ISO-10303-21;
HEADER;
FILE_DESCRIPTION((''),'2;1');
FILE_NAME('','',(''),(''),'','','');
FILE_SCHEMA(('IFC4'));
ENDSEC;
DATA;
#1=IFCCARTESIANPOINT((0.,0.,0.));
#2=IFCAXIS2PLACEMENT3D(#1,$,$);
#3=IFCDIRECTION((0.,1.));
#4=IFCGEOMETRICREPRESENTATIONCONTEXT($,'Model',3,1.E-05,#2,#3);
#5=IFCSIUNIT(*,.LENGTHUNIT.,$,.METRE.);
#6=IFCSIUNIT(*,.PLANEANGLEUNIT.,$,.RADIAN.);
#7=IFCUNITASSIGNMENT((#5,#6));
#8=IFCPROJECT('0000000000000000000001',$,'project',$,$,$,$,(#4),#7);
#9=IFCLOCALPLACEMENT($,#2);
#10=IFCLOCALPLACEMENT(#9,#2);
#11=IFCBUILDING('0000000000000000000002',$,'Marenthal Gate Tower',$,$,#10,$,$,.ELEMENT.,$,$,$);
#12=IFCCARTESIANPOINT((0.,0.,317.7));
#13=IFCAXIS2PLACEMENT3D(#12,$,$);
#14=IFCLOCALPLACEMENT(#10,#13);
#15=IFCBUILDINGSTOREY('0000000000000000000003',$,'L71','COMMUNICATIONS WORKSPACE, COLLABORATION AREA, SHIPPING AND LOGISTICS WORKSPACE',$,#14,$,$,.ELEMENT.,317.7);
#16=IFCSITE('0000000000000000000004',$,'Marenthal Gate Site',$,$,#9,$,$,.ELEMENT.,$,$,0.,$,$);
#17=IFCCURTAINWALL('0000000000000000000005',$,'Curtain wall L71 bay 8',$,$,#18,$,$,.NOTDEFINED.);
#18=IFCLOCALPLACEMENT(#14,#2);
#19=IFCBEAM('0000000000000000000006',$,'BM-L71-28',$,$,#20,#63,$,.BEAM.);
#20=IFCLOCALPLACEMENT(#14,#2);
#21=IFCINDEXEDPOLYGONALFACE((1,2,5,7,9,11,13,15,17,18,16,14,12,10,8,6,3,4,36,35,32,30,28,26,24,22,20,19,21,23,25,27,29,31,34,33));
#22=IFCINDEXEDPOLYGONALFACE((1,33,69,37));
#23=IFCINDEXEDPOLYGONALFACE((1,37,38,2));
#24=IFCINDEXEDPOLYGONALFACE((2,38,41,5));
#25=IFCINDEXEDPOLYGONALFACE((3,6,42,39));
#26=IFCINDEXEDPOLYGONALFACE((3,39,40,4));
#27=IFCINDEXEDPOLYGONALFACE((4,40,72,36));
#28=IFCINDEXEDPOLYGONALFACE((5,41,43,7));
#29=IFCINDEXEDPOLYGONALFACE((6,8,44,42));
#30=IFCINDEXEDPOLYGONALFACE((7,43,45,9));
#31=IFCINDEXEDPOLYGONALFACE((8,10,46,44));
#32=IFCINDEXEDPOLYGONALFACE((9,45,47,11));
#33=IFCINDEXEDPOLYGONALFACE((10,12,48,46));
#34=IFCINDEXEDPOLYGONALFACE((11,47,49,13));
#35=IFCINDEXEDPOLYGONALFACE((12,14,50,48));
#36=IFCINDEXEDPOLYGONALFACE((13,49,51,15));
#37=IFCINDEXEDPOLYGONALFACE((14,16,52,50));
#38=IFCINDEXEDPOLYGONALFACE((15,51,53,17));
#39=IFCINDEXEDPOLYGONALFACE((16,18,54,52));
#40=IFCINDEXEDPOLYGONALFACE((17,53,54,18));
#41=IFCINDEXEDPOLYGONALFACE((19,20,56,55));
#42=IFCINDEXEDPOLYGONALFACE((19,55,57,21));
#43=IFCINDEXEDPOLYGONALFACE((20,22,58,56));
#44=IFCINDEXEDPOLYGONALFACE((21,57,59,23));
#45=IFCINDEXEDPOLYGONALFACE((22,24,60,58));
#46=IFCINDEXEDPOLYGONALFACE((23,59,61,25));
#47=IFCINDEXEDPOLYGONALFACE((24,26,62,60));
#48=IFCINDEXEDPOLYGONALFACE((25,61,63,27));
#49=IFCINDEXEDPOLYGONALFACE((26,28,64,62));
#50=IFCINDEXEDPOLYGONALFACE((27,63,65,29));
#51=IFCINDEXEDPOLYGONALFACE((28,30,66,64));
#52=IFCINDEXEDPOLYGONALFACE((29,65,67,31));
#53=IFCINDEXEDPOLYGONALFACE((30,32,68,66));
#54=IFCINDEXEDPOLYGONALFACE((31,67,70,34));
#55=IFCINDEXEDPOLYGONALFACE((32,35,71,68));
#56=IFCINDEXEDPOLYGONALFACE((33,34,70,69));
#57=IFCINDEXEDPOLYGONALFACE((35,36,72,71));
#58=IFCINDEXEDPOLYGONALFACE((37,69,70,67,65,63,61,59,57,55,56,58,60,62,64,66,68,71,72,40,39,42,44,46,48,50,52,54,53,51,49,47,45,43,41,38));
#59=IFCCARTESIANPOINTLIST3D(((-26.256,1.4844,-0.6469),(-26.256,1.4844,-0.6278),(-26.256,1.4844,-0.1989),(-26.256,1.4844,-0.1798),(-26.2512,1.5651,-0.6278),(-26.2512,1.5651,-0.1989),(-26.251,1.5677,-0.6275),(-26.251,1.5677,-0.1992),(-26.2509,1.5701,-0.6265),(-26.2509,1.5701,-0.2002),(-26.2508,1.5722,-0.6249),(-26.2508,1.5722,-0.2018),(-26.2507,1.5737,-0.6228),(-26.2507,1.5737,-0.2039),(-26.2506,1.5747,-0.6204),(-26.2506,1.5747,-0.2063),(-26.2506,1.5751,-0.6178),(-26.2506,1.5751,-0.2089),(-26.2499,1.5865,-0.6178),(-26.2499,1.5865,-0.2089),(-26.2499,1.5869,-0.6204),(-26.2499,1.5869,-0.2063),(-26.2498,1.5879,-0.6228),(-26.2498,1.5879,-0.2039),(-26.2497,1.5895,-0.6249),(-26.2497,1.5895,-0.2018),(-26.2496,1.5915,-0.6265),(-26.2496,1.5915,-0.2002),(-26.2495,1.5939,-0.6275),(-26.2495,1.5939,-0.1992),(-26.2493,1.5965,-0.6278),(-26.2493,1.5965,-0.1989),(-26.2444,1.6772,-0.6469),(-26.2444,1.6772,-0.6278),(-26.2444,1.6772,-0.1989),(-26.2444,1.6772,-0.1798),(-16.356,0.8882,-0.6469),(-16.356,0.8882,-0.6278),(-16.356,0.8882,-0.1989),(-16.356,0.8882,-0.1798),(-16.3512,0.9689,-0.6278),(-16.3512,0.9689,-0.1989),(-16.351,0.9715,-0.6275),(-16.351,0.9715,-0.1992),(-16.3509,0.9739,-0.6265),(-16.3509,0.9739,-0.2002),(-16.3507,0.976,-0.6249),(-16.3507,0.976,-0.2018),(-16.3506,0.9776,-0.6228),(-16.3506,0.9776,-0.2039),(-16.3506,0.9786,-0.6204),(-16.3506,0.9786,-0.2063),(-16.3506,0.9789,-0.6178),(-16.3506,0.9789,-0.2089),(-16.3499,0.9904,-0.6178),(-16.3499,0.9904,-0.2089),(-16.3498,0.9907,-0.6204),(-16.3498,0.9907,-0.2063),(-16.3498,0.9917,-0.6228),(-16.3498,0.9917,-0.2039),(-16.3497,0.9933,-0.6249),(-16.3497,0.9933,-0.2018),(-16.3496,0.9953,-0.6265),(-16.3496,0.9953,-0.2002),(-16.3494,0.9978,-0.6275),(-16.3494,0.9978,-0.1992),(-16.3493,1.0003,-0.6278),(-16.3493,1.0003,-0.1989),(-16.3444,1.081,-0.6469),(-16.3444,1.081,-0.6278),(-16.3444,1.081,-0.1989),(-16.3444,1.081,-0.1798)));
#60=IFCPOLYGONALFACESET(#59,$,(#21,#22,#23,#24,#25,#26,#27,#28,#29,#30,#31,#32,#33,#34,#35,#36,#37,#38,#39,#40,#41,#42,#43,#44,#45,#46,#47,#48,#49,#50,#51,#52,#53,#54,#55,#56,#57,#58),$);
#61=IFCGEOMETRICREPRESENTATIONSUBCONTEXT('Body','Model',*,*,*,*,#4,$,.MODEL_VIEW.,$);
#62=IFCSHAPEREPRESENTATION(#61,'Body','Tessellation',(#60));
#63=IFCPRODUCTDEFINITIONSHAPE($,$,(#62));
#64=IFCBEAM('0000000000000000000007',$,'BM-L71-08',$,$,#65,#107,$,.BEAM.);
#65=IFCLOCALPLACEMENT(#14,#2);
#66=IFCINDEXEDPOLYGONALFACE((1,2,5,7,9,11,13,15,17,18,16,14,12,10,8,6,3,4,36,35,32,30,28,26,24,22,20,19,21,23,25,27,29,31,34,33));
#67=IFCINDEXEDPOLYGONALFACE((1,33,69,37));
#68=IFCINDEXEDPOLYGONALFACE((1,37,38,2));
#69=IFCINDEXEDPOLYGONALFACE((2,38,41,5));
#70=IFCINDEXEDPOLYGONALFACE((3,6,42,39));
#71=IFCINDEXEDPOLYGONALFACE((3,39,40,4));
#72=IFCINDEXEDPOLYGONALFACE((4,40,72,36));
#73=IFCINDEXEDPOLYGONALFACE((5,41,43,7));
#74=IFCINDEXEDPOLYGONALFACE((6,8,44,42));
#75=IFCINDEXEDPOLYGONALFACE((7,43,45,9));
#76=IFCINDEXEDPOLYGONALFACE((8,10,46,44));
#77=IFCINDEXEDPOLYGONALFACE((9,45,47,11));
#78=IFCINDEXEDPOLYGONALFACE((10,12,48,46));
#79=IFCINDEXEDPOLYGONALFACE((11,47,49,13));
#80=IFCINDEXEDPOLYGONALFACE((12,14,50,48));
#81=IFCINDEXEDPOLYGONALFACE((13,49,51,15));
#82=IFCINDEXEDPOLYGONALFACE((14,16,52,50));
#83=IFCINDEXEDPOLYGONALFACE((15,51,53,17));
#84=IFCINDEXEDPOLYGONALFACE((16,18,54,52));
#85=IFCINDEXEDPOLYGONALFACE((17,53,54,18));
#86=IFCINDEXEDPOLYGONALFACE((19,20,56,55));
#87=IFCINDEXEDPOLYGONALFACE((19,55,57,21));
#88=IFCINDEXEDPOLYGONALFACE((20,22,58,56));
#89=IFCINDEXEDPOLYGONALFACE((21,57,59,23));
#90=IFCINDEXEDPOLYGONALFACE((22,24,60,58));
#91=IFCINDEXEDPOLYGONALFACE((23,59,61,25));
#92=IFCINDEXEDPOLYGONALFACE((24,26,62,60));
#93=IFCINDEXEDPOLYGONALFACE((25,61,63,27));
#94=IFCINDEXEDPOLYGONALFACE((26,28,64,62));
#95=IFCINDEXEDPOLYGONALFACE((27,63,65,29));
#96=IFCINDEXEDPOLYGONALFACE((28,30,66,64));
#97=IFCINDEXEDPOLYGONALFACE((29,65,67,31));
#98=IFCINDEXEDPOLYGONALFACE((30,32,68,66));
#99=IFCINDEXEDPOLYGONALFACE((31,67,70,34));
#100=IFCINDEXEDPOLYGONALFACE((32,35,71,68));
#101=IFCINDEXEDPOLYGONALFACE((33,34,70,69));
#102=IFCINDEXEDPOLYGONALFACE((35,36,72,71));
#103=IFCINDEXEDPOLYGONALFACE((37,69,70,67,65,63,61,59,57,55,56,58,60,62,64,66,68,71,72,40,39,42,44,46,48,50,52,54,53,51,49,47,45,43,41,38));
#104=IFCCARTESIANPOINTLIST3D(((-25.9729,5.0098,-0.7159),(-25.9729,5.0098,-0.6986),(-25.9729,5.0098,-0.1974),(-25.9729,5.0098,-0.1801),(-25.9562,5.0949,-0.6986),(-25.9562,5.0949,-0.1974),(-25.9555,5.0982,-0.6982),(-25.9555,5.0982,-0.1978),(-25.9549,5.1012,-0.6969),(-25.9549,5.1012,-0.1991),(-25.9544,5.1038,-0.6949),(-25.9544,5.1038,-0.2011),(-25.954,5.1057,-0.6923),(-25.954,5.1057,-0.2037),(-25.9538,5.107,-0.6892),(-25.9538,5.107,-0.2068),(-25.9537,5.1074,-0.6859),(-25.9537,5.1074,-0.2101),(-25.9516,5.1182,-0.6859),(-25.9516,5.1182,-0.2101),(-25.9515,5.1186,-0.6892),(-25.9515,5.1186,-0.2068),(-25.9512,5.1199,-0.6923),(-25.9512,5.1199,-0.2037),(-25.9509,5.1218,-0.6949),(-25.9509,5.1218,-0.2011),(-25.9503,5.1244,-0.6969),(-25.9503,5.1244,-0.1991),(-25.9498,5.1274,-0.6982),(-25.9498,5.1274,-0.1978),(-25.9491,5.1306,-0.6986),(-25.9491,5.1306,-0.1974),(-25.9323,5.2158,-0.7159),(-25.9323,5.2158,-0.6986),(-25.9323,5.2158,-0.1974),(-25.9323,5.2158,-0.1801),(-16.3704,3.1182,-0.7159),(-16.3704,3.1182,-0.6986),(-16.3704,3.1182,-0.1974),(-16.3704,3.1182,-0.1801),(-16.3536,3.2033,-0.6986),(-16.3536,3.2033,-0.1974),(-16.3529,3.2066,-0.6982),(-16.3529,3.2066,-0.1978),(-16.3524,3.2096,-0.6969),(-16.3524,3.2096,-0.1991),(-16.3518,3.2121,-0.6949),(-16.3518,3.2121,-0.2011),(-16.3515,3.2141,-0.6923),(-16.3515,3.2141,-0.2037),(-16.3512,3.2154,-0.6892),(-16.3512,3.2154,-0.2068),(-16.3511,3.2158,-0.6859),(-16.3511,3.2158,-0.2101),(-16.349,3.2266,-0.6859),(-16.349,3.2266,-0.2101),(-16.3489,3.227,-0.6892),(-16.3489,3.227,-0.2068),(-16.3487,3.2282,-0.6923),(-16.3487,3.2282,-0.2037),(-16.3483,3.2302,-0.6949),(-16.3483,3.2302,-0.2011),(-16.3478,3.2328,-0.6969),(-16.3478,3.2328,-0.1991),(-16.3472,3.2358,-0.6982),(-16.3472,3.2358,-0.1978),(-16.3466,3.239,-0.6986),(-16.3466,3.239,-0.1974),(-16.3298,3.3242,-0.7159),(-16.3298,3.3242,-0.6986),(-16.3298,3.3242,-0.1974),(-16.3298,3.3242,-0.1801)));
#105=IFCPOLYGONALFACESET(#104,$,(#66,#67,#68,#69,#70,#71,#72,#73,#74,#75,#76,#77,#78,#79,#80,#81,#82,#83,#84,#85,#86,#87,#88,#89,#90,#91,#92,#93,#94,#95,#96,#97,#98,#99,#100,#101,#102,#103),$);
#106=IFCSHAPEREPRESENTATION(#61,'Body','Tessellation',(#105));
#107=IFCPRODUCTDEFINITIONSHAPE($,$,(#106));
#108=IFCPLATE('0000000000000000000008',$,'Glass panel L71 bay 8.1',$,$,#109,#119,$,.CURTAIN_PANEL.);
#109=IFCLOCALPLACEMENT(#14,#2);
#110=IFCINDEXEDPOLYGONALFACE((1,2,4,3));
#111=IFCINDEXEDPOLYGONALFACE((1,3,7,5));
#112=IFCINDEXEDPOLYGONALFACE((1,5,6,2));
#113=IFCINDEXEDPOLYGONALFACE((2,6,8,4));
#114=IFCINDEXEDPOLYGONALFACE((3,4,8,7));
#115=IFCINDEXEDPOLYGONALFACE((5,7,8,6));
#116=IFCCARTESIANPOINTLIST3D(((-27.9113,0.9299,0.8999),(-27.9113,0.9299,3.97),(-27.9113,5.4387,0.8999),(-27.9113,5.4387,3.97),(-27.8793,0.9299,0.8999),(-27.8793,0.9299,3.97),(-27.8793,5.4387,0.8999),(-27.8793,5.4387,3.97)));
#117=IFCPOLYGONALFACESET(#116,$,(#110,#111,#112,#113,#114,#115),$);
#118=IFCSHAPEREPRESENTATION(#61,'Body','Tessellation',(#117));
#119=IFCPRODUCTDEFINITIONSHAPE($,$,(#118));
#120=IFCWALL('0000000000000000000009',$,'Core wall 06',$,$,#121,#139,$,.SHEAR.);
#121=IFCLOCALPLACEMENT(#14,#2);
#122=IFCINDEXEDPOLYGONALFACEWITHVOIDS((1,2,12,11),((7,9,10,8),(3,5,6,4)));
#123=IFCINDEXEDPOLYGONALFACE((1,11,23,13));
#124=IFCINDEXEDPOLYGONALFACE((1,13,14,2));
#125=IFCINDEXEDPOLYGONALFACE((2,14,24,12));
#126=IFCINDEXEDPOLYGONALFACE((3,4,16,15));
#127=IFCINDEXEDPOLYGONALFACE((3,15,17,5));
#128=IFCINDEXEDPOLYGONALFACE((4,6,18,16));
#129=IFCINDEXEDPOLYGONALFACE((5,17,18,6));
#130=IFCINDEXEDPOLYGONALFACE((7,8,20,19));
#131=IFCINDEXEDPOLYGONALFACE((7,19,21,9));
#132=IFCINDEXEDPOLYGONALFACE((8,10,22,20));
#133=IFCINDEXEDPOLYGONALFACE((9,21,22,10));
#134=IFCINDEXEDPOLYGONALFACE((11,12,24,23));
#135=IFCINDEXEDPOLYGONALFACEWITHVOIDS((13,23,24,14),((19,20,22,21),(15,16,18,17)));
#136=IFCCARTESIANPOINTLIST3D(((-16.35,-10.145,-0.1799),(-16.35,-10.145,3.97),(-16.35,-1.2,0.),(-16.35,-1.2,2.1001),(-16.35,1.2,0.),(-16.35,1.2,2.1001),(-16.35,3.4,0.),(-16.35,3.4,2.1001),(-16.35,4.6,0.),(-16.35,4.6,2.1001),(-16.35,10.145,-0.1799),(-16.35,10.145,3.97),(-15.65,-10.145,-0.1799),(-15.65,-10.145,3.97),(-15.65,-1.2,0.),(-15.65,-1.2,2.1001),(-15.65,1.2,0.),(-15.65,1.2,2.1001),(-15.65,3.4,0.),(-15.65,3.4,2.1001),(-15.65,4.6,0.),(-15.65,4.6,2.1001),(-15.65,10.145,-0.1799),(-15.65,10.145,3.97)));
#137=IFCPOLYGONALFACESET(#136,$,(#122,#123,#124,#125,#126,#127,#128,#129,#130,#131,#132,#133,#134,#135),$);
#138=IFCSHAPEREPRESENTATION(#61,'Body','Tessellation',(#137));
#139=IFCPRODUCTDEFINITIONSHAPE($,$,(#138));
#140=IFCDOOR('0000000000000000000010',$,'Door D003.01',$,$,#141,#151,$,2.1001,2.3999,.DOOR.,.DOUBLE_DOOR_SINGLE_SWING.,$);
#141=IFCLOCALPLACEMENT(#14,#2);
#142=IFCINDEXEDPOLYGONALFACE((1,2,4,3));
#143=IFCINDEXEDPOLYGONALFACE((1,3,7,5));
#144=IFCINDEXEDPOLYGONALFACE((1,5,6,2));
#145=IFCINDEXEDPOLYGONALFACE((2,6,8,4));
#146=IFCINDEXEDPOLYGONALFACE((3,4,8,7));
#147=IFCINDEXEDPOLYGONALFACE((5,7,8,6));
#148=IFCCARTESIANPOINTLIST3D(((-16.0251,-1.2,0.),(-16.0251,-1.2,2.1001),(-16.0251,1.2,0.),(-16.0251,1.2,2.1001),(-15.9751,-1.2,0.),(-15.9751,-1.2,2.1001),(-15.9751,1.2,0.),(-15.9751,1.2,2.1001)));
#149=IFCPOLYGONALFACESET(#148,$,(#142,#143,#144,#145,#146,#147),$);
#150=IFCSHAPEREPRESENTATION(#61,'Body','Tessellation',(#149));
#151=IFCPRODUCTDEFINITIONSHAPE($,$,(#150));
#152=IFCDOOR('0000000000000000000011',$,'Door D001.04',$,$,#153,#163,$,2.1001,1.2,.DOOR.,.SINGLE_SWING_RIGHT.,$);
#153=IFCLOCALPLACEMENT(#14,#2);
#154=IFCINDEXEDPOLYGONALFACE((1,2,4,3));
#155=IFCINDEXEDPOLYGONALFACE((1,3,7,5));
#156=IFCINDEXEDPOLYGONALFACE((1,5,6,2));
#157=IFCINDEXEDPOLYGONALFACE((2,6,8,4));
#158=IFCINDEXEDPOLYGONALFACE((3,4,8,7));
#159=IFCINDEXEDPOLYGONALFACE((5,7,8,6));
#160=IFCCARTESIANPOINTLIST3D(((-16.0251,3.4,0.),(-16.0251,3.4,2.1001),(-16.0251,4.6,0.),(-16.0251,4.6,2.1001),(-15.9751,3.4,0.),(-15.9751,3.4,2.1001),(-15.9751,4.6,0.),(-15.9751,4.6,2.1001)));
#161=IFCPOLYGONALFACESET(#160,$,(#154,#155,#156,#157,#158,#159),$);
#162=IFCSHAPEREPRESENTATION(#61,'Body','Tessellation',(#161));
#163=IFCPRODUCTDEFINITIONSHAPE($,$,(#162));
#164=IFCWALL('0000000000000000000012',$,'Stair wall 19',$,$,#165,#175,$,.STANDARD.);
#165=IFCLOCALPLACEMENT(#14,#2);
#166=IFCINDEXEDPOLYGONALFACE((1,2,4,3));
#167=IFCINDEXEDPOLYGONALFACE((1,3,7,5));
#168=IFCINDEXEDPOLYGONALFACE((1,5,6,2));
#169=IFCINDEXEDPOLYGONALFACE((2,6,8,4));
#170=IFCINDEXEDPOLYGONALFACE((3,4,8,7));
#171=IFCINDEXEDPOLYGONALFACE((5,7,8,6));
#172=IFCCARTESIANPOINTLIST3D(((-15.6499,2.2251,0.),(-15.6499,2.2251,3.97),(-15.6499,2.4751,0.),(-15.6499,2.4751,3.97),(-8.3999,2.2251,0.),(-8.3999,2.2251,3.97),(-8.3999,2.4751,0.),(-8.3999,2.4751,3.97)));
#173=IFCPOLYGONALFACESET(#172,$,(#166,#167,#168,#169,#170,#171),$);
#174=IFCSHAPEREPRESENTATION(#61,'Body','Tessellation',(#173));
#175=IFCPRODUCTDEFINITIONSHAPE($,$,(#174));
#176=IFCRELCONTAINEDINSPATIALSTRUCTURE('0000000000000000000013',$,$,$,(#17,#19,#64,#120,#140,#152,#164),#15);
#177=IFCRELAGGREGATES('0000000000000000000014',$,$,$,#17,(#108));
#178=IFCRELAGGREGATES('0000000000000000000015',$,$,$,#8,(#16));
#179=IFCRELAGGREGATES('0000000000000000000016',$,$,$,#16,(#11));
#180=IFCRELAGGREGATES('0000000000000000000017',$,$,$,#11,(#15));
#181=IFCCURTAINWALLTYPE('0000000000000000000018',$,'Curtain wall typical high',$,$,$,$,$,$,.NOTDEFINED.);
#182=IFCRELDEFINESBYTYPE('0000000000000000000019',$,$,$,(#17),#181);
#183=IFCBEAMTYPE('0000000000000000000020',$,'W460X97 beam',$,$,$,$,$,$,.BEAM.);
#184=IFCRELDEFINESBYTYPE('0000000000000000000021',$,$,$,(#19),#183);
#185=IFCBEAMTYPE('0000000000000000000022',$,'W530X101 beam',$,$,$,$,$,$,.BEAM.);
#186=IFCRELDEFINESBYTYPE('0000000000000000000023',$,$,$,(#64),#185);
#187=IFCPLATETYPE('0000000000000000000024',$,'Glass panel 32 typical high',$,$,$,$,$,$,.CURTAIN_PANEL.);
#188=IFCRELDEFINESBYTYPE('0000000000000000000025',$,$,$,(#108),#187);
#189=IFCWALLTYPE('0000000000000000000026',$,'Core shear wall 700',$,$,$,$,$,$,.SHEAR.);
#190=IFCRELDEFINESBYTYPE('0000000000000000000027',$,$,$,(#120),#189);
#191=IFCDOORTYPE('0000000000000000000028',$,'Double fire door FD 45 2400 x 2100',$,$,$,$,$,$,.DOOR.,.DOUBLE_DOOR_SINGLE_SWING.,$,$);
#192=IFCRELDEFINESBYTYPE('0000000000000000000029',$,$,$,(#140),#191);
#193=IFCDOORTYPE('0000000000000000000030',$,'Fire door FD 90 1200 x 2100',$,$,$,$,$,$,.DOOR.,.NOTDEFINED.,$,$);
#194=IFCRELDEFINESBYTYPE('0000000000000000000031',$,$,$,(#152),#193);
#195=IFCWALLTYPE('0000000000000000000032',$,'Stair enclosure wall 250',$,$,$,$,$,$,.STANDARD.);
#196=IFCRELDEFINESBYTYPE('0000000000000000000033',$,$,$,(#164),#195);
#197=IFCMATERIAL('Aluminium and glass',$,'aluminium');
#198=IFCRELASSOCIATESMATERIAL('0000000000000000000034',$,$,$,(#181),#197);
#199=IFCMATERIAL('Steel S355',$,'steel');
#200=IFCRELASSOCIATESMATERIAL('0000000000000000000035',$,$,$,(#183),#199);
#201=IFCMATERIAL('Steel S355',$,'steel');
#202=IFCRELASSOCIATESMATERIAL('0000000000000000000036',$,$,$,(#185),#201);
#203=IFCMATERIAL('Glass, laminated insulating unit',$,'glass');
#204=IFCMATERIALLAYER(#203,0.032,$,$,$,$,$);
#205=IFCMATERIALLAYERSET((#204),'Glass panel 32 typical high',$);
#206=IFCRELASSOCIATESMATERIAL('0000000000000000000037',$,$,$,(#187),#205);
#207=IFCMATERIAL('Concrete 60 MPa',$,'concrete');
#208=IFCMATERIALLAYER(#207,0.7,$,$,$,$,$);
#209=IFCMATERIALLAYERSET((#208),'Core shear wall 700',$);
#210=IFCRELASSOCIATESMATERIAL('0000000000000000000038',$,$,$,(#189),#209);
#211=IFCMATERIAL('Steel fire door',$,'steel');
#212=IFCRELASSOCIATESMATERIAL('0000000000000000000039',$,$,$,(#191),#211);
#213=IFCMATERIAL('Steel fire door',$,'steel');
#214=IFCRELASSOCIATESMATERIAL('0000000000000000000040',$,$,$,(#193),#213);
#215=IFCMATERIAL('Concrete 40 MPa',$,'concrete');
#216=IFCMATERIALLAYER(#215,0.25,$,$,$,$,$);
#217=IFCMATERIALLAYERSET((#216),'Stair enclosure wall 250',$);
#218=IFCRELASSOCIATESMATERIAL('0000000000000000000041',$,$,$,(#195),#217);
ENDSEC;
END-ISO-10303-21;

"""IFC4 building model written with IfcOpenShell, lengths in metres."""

from ifc_helpers import new_model, si_unit, direction, frame, frame_2d, origin, origin_2d, place, context, subcontext, project, spatial, rectangle, i_section, extrude, material, layer, layer_set, material_profile, profile_set, type_object, element, fill, aggregate, save


model = new_model("IFC4")

# Units and contexts
model_context = context("Model", 3, precision=1e-05, world=origin(), true_north=direction((0.0, 1.0)))
body_context = subcontext(model_context, "Body", "Model", "MODEL_VIEW")
ifc_project = project(units=[si_unit("LENGTHUNIT", "METRE"), si_unit("PLANEANGLEUNIT", "RADIAN")], contexts=[model_context])

# Site, building, storey
site_placement = place(None, origin())
site = spatial("IfcSite", under=ifc_project, at=site_placement, Name="Marenthal Gate Site", CompositionType="ELEMENT", RefElevation=0.0)
building_placement = place(site_placement, origin())
building = spatial("IfcBuilding", under=site, at=building_placement, Name="Marenthal Gate Tower", CompositionType="ELEMENT")
storey_placement = place(building_placement, frame((0.0, 0.0, 317.7)))
storey = spatial("IfcBuildingStorey", under=building, at=storey_placement, Name="L71", Description="COMMUNICATIONS WORKSPACE, COLLABORATION AREA, SHIPPING AND LOGISTICS WORKSPACE", CompositionType="ELEMENT", Elevation=317.7)

# Curtain wall
ifc_material_1 = material(Name="Aluminium and glass", Category="aluminium")
curtain_wall_type = type_object("IfcCurtainWallType", Name="Curtain wall typical high", PredefinedType="NOTDEFINED", material=ifc_material_1)
curtain_wall_placement = place(storey_placement, origin())
curtain_wall = element("IfcCurtainWall", 1, at=curtain_wall_placement, inside=storey, type_object=curtain_wall_type, Name="Curtain wall L71 bay 8", PredefinedType="NOTDEFINED")

# Beams
ifc_material_2 = material(Name="Steel S355", Category="steel")
ifc_material_profile_1 = material_profile(ifc_material_2, i_section(OverallWidth=0.1931, OverallDepth=0.467, WebThickness=0.0115, FlangeThickness=0.019, FilletRadius=0.01, at=origin_2d()), Name="W460X97")
ifc_profile_set_1 = profile_set([ifc_material_profile_1], Name="Steel S355")
beam_type_1 = type_object("IfcBeamType", Name="W460X97 beam", PredefinedType="BEAM", material=ifc_profile_set_1)
beam_1_placement = place(storey_placement, frame((-26.2502, 1.5808, -0.4133), z_axis=(0.998192, -0.060112, 0.0), x_axis=(0.060112, 0.998192, 0.0)))
element("IfcBeam", 2, at=beam_1_placement, inside=storey, type_object=beam_type_1, Name="BM-L71-28", PredefinedType="BEAM", context=body_context, shape_type="SweptSolid", body=[
    extrude(i_section(OverallWidth=0.1931, OverallDepth=0.467, WebThickness=0.0115, FlangeThickness=0.019, FilletRadius=0.01, at=origin_2d()), origin(), (0.0, 0.0, 1.0), 9.918),
])
ifc_material_3 = material(Name="Steel S355", Category="steel")
ifc_material_profile_2 = material_profile(ifc_material_3, i_section(OverallWidth=0.21, OverallDepth=0.5359, WebThickness=0.011, FlangeThickness=0.0173, FilletRadius=0.0127, at=origin_2d()), Name="W530X101")
ifc_profile_set_2 = profile_set([ifc_material_profile_2], Name="Steel S355")
beam_type_2 = type_object("IfcBeamType", Name="W530X101 beam", PredefinedType="BEAM", material=ifc_profile_set_2)
beam_2_placement = place(storey_placement, frame((-25.9526, 5.1128, -0.448), z_axis=(0.981145, -0.193275, 0.0), x_axis=(0.193275, 0.981145, 0.0)))
element("IfcBeam", 3, at=beam_2_placement, inside=storey, type_object=beam_type_2, Name="BM-L71-08", PredefinedType="BEAM", context=body_context, shape_type="SweptSolid", body=[
    extrude(i_section(OverallWidth=0.21, OverallDepth=0.5359, WebThickness=0.011, FlangeThickness=0.0173, FilletRadius=0.0127, at=origin_2d()), origin(), (0.0, 0.0, 1.0), 9.7871),
])

# Plate
ifc_material_4 = material(Name="Glass, laminated insulating unit", Category="glass")
ifc_layer_1 = layer(ifc_material_4, 0.032)
ifc_layer_set_1 = layer_set([ifc_layer_1], Name="Glass panel 32 typical high")
plate_type = type_object("IfcPlateType", Name="Glass panel 32 typical high", PredefinedType="CURTAIN_PANEL", material=ifc_layer_set_1)
plate_placement = place(storey_placement, frame((-27.8953, 3.1843, 0.8999), z_axis=(0.0, 0.0, 1.0), x_axis=(0.0, -1.0, 0.0)))
plate = element("IfcPlate", 4, at=plate_placement, type_object=plate_type, Name="Glass panel L71 bay 8.1", PredefinedType="CURTAIN_PANEL", context=body_context, shape_type="SweptSolid", body=[
    extrude(rectangle(XDim=4.5088, YDim=0.032, at=origin_2d()), origin(), (0.0, 0.0, 1.0), 3.0701),
])
aggregate(curtain_wall, [plate])

# Wall, openings, doors
ifc_material_5 = material(Name="Concrete 60 MPa", Category="concrete")
ifc_layer_2 = layer(ifc_material_5, 0.7)
ifc_layer_set_2 = layer_set([ifc_layer_2], Name="Core shear wall 700")
wall_type_1 = type_object("IfcWallType", Name="Core shear wall 700", PredefinedType="SHEAR", material=ifc_layer_set_2)
wall_1_placement = place(storey_placement, frame((-16.0, 10.145, -0.1799), z_axis=(0.0, 0.0, 1.0), x_axis=(0.0, -1.0, 0.0)))
wall_1 = element("IfcWall", 5, at=wall_1_placement, inside=storey, type_object=wall_type_1, Name="Core wall 06", PredefinedType="SHEAR", context=body_context, shape_type="SweptSolid", body=[
    extrude(rectangle(XDim=20.29, YDim=0.7, at=frame_2d((10.145, 0.0))), origin(), (0.0, 0.0, 1.0), 4.1499),
])
opening_1_placement = place(wall_1_placement, frame((8.9451, 0.0, 0.1799)))
opening_1 = element("IfcOpeningElement", 6, at=opening_1_placement, cuts=wall_1, PredefinedType="OPENING", context=body_context, shape_type="SweptSolid", body=[
    extrude(rectangle(XDim=2.3999, YDim=2.1001, at=frame_2d((1.2, 1.05))), frame((0.0, 0.3599, 0.0), z_axis=(0.0, -1.0, 0.0), x_axis=(1.0, 0.0, 0.0)), (0.0, 0.0, 1.0), 0.72),
])
opening_2_placement = place(wall_1_placement, frame((5.5449, 0.0, 0.1799)))
opening_2 = element("IfcOpeningElement", 7, at=opening_2_placement, cuts=wall_1, PredefinedType="OPENING", context=body_context, shape_type="SweptSolid", body=[
    extrude(rectangle(XDim=1.2, YDim=2.1001, at=frame_2d((0.6001, 1.05))), frame((0.0, 0.3599, 0.0), z_axis=(0.0, -1.0, 0.0), x_axis=(1.0, 0.0, 0.0)), (0.0, 0.0, 1.0), 0.72),
])
ifc_material_6 = material(Name="Steel fire door", Category="steel")
door_type_1 = type_object("IfcDoorType", Name="Double fire door FD 45 2400 x 2100", OperationType="DOUBLE_DOOR_SINGLE_SWING", PredefinedType="DOOR", material=ifc_material_6)
door_1_placement = place(opening_1_placement, origin())
door_1 = element("IfcDoor", 8, at=door_1_placement, inside=storey, type_object=door_type_1, Name="Door D003.01", OperationType="DOUBLE_DOOR_SINGLE_SWING", OverallHeight=2.1001, OverallWidth=2.3999, PredefinedType="DOOR", context=body_context, shape_type="SweptSolid", body=[
    extrude(rectangle(XDim=2.3999, YDim=2.1001, at=frame_2d((1.2, 1.05))), frame((0.0, 0.0249, 0.0), z_axis=(0.0, -1.0, 0.0), x_axis=(1.0, 0.0, 0.0)), (0.0, 0.0, 1.0), 0.05),
])
fill(opening_1, door_1)
ifc_material_7 = material(Name="Steel fire door", Category="steel")
door_type_2 = type_object("IfcDoorType", Name="Fire door FD 90 1200 x 2100", OperationType="NOTDEFINED", PredefinedType="DOOR", material=ifc_material_7)
door_2_placement = place(opening_2_placement, origin())
door_2 = element("IfcDoor", 9, at=door_2_placement, inside=storey, type_object=door_type_2, Name="Door D001.04", OperationType="SINGLE_SWING_RIGHT", OverallHeight=2.1001, OverallWidth=1.2, PredefinedType="DOOR", context=body_context, shape_type="SweptSolid", body=[
    extrude(rectangle(XDim=1.2, YDim=2.1001, at=frame_2d((0.6001, 1.05))), frame((0.0, 0.0249, 0.0), z_axis=(0.0, -1.0, 0.0), x_axis=(1.0, 0.0, 0.0)), (0.0, 0.0, 1.0), 0.05),
])
fill(opening_2, door_2)

# Wall
ifc_material_8 = material(Name="Concrete 40 MPa", Category="concrete")
ifc_layer_3 = layer(ifc_material_8, 0.25)
ifc_layer_set_3 = layer_set([ifc_layer_3], Name="Stair enclosure wall 250")
wall_type_2 = type_object("IfcWallType", Name="Stair enclosure wall 250", PredefinedType="STANDARD", material=ifc_layer_set_3)
wall_2_placement = place(storey_placement, frame((-15.6499, 2.3501, 0.0), z_axis=(0.0, 0.0, 1.0), x_axis=(1.0, 0.0, 0.0)))
element("IfcWall", 10, at=wall_2_placement, inside=storey, type_object=wall_type_2, Name="Stair wall 19", PredefinedType="STANDARD", context=body_context, shape_type="SweptSolid", body=[
    extrude(rectangle(XDim=7.25, YDim=0.25, at=frame_2d((3.625, 0.0))), origin(), (0.0, 0.0, 1.0), 3.97),
])

save(model, "model.ifc")
